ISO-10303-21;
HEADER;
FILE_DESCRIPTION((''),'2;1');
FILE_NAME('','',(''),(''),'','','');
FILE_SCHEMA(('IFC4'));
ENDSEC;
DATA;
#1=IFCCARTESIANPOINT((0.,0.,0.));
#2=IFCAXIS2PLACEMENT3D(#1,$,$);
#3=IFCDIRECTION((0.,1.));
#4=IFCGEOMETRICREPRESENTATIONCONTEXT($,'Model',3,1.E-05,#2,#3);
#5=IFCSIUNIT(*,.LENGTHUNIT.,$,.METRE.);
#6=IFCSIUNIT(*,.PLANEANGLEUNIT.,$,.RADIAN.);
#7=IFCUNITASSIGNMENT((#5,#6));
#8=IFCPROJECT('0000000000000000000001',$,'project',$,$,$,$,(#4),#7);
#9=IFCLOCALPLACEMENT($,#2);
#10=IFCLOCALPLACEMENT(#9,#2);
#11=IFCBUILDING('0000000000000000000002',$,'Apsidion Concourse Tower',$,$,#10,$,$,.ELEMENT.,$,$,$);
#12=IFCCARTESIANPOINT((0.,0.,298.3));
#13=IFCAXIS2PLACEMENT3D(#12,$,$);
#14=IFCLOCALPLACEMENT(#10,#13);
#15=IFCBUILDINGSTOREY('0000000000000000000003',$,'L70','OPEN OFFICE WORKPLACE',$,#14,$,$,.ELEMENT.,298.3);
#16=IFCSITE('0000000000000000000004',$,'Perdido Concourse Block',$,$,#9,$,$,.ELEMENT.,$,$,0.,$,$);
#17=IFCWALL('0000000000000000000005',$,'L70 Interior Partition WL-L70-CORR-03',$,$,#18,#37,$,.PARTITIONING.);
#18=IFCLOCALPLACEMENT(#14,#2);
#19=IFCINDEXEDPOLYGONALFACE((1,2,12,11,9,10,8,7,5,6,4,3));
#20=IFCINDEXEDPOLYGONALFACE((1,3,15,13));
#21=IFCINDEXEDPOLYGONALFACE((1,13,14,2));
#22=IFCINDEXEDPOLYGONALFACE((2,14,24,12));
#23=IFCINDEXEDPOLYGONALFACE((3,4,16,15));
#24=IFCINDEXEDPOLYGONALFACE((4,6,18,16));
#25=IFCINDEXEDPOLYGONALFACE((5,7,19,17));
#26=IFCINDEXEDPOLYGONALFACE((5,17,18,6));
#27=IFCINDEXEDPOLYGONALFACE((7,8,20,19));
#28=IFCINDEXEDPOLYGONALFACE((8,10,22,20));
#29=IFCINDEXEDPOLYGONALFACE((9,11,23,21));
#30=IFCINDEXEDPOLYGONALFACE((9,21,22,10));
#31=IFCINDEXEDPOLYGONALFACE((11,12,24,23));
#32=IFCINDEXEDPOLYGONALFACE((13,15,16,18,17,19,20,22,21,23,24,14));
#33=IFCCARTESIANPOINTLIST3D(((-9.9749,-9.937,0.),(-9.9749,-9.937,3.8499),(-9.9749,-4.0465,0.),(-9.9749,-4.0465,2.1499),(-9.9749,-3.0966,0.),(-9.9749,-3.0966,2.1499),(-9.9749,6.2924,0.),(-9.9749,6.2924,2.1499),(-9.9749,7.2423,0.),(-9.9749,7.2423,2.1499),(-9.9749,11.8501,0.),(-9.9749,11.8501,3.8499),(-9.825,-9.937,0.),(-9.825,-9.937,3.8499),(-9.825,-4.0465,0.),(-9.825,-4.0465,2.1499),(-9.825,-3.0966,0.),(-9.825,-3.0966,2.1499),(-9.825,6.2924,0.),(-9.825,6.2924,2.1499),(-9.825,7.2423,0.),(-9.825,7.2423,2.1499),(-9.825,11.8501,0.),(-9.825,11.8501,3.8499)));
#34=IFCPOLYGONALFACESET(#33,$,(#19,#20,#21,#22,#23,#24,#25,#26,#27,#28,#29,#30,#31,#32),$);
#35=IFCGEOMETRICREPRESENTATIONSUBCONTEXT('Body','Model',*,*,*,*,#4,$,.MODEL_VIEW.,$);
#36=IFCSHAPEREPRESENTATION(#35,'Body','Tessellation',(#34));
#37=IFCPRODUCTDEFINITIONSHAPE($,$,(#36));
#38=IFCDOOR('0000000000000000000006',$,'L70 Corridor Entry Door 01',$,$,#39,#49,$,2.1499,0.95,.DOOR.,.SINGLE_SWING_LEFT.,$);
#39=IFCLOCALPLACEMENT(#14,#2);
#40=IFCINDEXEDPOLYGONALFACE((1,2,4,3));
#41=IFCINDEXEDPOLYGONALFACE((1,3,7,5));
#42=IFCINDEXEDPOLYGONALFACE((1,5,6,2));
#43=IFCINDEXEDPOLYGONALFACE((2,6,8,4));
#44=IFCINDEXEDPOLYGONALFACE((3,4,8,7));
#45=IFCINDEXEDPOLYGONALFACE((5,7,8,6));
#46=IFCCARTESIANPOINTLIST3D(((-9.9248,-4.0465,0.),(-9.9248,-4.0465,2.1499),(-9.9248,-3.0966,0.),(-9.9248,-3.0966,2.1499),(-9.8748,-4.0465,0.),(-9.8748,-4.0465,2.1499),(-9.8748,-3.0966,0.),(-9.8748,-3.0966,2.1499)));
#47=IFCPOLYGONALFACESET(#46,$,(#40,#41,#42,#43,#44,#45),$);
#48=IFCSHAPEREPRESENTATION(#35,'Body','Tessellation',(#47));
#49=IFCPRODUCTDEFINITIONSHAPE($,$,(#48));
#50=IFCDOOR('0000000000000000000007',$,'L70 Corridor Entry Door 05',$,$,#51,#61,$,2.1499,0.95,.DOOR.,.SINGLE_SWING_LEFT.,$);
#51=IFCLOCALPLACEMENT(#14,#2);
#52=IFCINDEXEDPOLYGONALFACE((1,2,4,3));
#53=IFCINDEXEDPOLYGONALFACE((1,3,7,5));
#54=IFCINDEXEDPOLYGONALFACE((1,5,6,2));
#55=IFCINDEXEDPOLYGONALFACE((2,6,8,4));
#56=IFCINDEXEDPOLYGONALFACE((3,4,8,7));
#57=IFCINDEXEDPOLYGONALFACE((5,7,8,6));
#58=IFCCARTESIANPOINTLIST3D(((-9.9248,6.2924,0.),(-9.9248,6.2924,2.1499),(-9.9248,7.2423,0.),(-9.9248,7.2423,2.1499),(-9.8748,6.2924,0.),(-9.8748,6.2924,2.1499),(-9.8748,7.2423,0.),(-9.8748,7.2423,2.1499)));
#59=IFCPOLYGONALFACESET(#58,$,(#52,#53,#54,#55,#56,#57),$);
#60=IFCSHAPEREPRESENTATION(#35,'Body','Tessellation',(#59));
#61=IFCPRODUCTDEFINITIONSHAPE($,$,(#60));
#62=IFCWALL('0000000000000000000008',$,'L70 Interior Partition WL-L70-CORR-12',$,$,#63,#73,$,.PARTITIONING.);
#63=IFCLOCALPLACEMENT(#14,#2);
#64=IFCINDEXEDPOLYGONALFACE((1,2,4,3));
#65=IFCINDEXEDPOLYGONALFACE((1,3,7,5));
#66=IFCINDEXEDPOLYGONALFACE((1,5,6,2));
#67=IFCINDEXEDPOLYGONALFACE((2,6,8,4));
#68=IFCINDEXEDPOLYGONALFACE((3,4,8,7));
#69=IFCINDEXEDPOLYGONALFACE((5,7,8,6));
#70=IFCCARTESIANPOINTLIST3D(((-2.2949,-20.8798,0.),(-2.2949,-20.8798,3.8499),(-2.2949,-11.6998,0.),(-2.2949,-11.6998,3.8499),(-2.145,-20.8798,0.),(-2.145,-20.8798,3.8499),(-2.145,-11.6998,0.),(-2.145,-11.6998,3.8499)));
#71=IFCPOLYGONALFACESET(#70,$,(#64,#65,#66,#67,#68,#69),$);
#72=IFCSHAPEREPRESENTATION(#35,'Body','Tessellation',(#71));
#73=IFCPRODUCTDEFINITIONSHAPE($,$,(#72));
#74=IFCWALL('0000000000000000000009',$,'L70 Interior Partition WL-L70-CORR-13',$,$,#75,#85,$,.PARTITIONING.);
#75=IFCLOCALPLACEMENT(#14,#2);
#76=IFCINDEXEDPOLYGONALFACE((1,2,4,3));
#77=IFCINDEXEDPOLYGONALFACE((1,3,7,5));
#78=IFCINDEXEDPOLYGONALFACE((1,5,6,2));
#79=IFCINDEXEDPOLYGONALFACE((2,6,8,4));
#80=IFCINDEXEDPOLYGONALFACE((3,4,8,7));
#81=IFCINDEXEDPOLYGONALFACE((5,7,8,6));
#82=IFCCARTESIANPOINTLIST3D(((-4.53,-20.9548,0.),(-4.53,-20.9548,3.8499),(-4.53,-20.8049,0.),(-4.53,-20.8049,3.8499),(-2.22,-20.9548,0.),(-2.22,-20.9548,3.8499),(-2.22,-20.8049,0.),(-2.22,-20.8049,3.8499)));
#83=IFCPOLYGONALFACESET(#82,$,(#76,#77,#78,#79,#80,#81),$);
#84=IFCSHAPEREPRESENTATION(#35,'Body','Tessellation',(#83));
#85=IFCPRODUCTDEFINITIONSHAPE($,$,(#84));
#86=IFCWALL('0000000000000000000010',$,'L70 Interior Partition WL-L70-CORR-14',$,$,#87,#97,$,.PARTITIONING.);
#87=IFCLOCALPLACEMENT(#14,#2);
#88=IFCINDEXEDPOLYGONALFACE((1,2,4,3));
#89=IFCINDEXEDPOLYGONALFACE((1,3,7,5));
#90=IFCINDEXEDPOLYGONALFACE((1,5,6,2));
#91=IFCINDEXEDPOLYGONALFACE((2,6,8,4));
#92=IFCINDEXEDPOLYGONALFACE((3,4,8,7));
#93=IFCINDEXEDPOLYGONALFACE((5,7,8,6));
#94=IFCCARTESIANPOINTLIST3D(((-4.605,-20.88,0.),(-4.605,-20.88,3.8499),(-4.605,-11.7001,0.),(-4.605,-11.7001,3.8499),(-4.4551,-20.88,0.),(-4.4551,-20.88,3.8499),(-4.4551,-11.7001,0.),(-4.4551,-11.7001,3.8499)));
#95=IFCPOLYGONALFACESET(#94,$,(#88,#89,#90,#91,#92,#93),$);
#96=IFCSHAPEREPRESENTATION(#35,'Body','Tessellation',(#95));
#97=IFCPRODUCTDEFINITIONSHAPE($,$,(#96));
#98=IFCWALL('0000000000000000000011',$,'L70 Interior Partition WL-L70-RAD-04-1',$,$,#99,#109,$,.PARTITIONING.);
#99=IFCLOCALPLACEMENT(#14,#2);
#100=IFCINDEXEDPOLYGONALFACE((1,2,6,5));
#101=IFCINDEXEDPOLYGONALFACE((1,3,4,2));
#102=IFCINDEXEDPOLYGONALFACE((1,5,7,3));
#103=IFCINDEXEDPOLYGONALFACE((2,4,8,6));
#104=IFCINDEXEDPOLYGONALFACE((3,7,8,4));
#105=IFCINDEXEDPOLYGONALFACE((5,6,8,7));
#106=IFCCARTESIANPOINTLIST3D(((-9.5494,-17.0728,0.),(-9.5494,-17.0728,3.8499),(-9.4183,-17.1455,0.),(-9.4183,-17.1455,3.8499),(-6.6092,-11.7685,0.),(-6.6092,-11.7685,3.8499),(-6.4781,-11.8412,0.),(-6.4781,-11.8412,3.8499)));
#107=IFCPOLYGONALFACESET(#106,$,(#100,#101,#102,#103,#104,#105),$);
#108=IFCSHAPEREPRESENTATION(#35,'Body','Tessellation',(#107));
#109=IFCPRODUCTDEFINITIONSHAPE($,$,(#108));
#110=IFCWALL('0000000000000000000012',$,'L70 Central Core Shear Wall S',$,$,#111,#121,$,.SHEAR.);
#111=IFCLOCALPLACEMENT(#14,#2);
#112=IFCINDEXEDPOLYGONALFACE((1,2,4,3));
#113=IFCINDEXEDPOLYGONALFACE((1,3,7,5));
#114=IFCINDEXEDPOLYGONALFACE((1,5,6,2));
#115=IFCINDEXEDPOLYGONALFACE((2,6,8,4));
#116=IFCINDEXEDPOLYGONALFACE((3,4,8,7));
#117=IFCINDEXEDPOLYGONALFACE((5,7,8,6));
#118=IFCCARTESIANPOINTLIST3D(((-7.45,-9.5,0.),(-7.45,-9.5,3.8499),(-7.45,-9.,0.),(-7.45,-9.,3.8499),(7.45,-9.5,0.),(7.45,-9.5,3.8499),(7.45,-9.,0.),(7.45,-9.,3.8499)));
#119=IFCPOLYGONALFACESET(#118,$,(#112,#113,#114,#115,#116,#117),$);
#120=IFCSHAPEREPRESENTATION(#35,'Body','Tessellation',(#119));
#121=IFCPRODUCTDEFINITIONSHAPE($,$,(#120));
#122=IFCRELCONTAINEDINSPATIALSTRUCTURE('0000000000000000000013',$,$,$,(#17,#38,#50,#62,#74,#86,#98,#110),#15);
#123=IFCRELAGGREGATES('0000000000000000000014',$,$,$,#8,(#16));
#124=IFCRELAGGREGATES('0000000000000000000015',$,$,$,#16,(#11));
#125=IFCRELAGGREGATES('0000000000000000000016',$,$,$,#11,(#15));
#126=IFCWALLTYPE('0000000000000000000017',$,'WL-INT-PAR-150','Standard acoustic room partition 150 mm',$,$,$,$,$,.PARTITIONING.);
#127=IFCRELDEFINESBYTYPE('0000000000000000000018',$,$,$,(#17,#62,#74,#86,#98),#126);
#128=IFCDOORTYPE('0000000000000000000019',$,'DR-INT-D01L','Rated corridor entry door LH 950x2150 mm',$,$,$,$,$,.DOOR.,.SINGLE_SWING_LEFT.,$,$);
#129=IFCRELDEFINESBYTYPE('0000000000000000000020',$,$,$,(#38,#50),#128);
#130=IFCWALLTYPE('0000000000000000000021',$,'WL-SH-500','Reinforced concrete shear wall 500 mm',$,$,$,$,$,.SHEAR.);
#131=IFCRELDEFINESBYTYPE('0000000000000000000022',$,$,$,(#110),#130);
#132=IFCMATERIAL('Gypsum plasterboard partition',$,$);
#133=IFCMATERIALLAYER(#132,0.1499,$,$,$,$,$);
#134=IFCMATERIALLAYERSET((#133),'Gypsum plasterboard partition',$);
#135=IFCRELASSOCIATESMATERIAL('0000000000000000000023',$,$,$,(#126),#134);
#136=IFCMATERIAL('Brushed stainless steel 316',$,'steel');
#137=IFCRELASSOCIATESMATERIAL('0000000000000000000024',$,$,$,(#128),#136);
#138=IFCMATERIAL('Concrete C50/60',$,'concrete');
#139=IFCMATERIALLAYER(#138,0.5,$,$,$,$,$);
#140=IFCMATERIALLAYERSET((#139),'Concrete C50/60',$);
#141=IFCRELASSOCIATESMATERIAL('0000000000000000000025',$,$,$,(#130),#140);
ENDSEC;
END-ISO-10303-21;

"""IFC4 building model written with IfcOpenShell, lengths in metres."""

from ifc_helpers import new_model, si_unit, direction, frame, frame_2d, origin, place, context, subcontext, project, spatial, rectangle, extrude, material, layer, layer_set, type_object, element, fill, save


model = new_model("IFC4")

# Units and contexts
model_context = context("Model", 3, precision=1e-05, world=origin(), true_north=direction((0.0, 1.0)))
body_context = subcontext(model_context, "Body", "Model", "MODEL_VIEW")
ifc_project = project(units=[si_unit("LENGTHUNIT", "METRE"), si_unit("PLANEANGLEUNIT", "RADIAN")], contexts=[model_context])

# Site, building, storey
site_placement = place(None, origin())
site = spatial("IfcSite", under=ifc_project, at=site_placement, Name="Perdido Concourse Block", CompositionType="ELEMENT", RefElevation=0.0)
building_placement = place(site_placement, origin())
building = spatial("IfcBuilding", under=site, at=building_placement, Name="Apsidion Concourse Tower", CompositionType="ELEMENT")
storey_placement = place(building_placement, frame((0.0, 0.0, 298.3)))
storey = spatial("IfcBuildingStorey", under=building, at=storey_placement, Name="L70", Description="OPEN OFFICE WORKPLACE", CompositionType="ELEMENT", Elevation=298.3)

# Shared definitions
ifc_material_1 = material(Name="Concrete C50/60", Category="concrete")

# Shared definitions
ifc_material_2 = material(Name="Gypsum plasterboard partition")
ifc_layer_1 = layer(ifc_material_2, 0.1499)
ifc_layer_set_1 = layer_set([ifc_layer_1], Name="Gypsum plasterboard partition")
wall_type_1 = type_object("IfcWallType", Name="WL-INT-PAR-150", Description="Standard acoustic room partition 150 mm", PredefinedType="PARTITIONING", material=ifc_layer_set_1)

# Wall, openings, doors
wall_1_placement = place(storey_placement, frame((-9.8999, -9.937, 0.0), z_axis=(0.0, 0.0, 1.0), x_axis=(0.0, 1.0, 0.0)))
wall_1 = element("IfcWall", 1, at=wall_1_placement, inside=storey, type_object=wall_type_1, Name="L70 Interior Partition WL-L70-CORR-03", PredefinedType="PARTITIONING", context=body_context, shape_type="SweptSolid", body=[
    extrude(rectangle(XDim=21.7871, YDim=0.1499, at=frame_2d((10.8936, 0.0))), origin(), (0.0, 0.0, 1.0), 3.8499),
])
opening_1_placement = place(wall_1_placement, frame((5.8904, 0.0, 0.0)))
opening_1 = element("IfcOpeningElement", 2, at=opening_1_placement, cuts=wall_1, PredefinedType="OPENING", context=body_context, shape_type="SweptSolid", body=[
    extrude(rectangle(XDim=0.95, YDim=2.1499, at=frame_2d((0.4751, 1.075))), frame((0.0, 0.085, 0.0), z_axis=(0.0, -1.0, 0.0), x_axis=(1.0, 0.0, 0.0)), (0.0, 0.0, 1.0), 0.1699),
])
opening_2_placement = place(wall_1_placement, frame((16.2292, 0.0, 0.0)))
opening_2 = element("IfcOpeningElement", 3, at=opening_2_placement, cuts=wall_1, PredefinedType="OPENING", context=body_context, shape_type="SweptSolid", body=[
    extrude(rectangle(XDim=0.95, YDim=2.1499, at=frame_2d((0.4751, 1.075))), frame((0.0, 0.085, 0.0), z_axis=(0.0, -1.0, 0.0), x_axis=(1.0, 0.0, 0.0)), (0.0, 0.0, 1.0), 0.1699),
])
ifc_material_3 = material(Name="Brushed stainless steel 316", Category="steel")
door_type_1 = type_object("IfcDoorType", Name="DR-INT-D01L", Description="Rated corridor entry door LH 950x2150 mm", OperationType="SINGLE_SWING_LEFT", PredefinedType="DOOR", material=ifc_material_3)
door_1_placement = place(opening_1_placement, origin())
door_1 = element("IfcDoor", 4, at=door_1_placement, inside=storey, type_object=door_type_1, Name="L70 Corridor Entry Door 01", OperationType="SINGLE_SWING_LEFT", OverallHeight=2.1499, OverallWidth=0.95, PredefinedType="DOOR", context=body_context, shape_type="SweptSolid", body=[
    extrude(rectangle(XDim=0.95, YDim=2.1499, at=frame_2d((0.4751, 1.075))), frame((0.0, 0.0249, 0.0), z_axis=(0.0, -1.0, 0.0), x_axis=(1.0, 0.0, 0.0)), (0.0, 0.0, 1.0), 0.05),
])
fill(opening_1, door_1)
door_2_placement = place(opening_2_placement, origin())
door_2 = element("IfcDoor", 5, at=door_2_placement, inside=storey, type_object=door_type_1, Name="L70 Corridor Entry Door 05", OperationType="SINGLE_SWING_LEFT", OverallHeight=2.1499, OverallWidth=0.95, PredefinedType="DOOR", context=body_context, shape_type="SweptSolid", body=[
    extrude(rectangle(XDim=0.95, YDim=2.1499, at=frame_2d((0.4751, 1.075))), frame((0.0, 0.0249, 0.0), z_axis=(0.0, -1.0, 0.0), x_axis=(1.0, 0.0, 0.0)), (0.0, 0.0, 1.0), 0.05),
])
fill(opening_2, door_2)

# Walls
wall_2_placement = place(storey_placement, frame((-2.22, -11.7, 0.0), z_axis=(0.0, 0.0, 1.0), x_axis=(0.0, -1.0, 0.0)))
element("IfcWall", 6, at=wall_2_placement, inside=storey, type_object=wall_type_1, Name="L70 Interior Partition WL-L70-CORR-12", PredefinedType="PARTITIONING", context=body_context, shape_type="SweptSolid", body=[
    extrude(rectangle(XDim=9.1799, YDim=0.1499, at=frame_2d((4.5898, 0.0))), origin(), (0.0, 0.0, 1.0), 3.8499),
])
wall_3_placement = place(storey_placement, frame((-2.22, -20.8799, 0.0), z_axis=(0.0, 0.0, 1.0), x_axis=(-1.0, 0.0, 0.0)))
element("IfcWall", 7, at=wall_3_placement, inside=storey, type_object=wall_type_1, Name="L70 Interior Partition WL-L70-CORR-13", PredefinedType="PARTITIONING", context=body_context, shape_type="SweptSolid", body=[
    extrude(rectangle(XDim=2.3101, YDim=0.1499, at=frame_2d((1.155, 0.0))), origin(), (0.0, 0.0, 1.0), 3.8499),
])
wall_4_placement = place(storey_placement, frame((-4.53, -20.8799, 0.0), z_axis=(0.0, 0.0, 1.0), x_axis=(0.0, 1.0, 0.0)))
element("IfcWall", 8, at=wall_4_placement, inside=storey, type_object=wall_type_1, Name="L70 Interior Partition WL-L70-CORR-14", PredefinedType="PARTITIONING", context=body_context, shape_type="SweptSolid", body=[
    extrude(rectangle(XDim=9.1799, YDim=0.1499, at=frame_2d((4.5898, 0.0))), origin(), (0.0, 0.0, 1.0), 3.8499),
])
wall_5_placement = place(storey_placement, frame((-6.5437, -11.8049, 0.0), z_axis=(0.0, 0.0, 1.0), x_axis=(-0.484812, -0.874618, 0.0)))
element("IfcWall", 9, at=wall_5_placement, inside=storey, type_object=wall_type_1, Name="L70 Interior Partition WL-L70-RAD-04-1", PredefinedType="PARTITIONING", context=body_context, shape_type="SweptSolid", body=[
    extrude(rectangle(XDim=6.0647, YDim=0.1499, at=frame_2d((3.0322, 0.0))), origin(), (0.0, 0.0, 1.0), 3.8499),
])

# Shared definitions
ifc_layer_2 = layer(ifc_material_1, 0.5)
ifc_layer_set_2 = layer_set([ifc_layer_2], Name="Concrete C50/60")
wall_type_2 = type_object("IfcWallType", Name="WL-SH-500", Description="Reinforced concrete shear wall 500 mm", PredefinedType="SHEAR", material=ifc_layer_set_2)

# Wall
wall_6_placement = place(storey_placement, frame((-7.45, -9.25, 0.0), z_axis=(0.0, 0.0, 1.0), x_axis=(1.0, 0.0, 0.0)))
element("IfcWall", 10, at=wall_6_placement, inside=storey, type_object=wall_type_2, Name="L70 Central Core Shear Wall S", PredefinedType="SHEAR", context=body_context, shape_type="SweptSolid", body=[
    extrude(rectangle(XDim=14.8999, YDim=0.5, at=frame_2d((7.45, 0.0))), origin(), (0.0, 0.0, 1.0), 3.8499),
])

save(model, "model.ifc")
